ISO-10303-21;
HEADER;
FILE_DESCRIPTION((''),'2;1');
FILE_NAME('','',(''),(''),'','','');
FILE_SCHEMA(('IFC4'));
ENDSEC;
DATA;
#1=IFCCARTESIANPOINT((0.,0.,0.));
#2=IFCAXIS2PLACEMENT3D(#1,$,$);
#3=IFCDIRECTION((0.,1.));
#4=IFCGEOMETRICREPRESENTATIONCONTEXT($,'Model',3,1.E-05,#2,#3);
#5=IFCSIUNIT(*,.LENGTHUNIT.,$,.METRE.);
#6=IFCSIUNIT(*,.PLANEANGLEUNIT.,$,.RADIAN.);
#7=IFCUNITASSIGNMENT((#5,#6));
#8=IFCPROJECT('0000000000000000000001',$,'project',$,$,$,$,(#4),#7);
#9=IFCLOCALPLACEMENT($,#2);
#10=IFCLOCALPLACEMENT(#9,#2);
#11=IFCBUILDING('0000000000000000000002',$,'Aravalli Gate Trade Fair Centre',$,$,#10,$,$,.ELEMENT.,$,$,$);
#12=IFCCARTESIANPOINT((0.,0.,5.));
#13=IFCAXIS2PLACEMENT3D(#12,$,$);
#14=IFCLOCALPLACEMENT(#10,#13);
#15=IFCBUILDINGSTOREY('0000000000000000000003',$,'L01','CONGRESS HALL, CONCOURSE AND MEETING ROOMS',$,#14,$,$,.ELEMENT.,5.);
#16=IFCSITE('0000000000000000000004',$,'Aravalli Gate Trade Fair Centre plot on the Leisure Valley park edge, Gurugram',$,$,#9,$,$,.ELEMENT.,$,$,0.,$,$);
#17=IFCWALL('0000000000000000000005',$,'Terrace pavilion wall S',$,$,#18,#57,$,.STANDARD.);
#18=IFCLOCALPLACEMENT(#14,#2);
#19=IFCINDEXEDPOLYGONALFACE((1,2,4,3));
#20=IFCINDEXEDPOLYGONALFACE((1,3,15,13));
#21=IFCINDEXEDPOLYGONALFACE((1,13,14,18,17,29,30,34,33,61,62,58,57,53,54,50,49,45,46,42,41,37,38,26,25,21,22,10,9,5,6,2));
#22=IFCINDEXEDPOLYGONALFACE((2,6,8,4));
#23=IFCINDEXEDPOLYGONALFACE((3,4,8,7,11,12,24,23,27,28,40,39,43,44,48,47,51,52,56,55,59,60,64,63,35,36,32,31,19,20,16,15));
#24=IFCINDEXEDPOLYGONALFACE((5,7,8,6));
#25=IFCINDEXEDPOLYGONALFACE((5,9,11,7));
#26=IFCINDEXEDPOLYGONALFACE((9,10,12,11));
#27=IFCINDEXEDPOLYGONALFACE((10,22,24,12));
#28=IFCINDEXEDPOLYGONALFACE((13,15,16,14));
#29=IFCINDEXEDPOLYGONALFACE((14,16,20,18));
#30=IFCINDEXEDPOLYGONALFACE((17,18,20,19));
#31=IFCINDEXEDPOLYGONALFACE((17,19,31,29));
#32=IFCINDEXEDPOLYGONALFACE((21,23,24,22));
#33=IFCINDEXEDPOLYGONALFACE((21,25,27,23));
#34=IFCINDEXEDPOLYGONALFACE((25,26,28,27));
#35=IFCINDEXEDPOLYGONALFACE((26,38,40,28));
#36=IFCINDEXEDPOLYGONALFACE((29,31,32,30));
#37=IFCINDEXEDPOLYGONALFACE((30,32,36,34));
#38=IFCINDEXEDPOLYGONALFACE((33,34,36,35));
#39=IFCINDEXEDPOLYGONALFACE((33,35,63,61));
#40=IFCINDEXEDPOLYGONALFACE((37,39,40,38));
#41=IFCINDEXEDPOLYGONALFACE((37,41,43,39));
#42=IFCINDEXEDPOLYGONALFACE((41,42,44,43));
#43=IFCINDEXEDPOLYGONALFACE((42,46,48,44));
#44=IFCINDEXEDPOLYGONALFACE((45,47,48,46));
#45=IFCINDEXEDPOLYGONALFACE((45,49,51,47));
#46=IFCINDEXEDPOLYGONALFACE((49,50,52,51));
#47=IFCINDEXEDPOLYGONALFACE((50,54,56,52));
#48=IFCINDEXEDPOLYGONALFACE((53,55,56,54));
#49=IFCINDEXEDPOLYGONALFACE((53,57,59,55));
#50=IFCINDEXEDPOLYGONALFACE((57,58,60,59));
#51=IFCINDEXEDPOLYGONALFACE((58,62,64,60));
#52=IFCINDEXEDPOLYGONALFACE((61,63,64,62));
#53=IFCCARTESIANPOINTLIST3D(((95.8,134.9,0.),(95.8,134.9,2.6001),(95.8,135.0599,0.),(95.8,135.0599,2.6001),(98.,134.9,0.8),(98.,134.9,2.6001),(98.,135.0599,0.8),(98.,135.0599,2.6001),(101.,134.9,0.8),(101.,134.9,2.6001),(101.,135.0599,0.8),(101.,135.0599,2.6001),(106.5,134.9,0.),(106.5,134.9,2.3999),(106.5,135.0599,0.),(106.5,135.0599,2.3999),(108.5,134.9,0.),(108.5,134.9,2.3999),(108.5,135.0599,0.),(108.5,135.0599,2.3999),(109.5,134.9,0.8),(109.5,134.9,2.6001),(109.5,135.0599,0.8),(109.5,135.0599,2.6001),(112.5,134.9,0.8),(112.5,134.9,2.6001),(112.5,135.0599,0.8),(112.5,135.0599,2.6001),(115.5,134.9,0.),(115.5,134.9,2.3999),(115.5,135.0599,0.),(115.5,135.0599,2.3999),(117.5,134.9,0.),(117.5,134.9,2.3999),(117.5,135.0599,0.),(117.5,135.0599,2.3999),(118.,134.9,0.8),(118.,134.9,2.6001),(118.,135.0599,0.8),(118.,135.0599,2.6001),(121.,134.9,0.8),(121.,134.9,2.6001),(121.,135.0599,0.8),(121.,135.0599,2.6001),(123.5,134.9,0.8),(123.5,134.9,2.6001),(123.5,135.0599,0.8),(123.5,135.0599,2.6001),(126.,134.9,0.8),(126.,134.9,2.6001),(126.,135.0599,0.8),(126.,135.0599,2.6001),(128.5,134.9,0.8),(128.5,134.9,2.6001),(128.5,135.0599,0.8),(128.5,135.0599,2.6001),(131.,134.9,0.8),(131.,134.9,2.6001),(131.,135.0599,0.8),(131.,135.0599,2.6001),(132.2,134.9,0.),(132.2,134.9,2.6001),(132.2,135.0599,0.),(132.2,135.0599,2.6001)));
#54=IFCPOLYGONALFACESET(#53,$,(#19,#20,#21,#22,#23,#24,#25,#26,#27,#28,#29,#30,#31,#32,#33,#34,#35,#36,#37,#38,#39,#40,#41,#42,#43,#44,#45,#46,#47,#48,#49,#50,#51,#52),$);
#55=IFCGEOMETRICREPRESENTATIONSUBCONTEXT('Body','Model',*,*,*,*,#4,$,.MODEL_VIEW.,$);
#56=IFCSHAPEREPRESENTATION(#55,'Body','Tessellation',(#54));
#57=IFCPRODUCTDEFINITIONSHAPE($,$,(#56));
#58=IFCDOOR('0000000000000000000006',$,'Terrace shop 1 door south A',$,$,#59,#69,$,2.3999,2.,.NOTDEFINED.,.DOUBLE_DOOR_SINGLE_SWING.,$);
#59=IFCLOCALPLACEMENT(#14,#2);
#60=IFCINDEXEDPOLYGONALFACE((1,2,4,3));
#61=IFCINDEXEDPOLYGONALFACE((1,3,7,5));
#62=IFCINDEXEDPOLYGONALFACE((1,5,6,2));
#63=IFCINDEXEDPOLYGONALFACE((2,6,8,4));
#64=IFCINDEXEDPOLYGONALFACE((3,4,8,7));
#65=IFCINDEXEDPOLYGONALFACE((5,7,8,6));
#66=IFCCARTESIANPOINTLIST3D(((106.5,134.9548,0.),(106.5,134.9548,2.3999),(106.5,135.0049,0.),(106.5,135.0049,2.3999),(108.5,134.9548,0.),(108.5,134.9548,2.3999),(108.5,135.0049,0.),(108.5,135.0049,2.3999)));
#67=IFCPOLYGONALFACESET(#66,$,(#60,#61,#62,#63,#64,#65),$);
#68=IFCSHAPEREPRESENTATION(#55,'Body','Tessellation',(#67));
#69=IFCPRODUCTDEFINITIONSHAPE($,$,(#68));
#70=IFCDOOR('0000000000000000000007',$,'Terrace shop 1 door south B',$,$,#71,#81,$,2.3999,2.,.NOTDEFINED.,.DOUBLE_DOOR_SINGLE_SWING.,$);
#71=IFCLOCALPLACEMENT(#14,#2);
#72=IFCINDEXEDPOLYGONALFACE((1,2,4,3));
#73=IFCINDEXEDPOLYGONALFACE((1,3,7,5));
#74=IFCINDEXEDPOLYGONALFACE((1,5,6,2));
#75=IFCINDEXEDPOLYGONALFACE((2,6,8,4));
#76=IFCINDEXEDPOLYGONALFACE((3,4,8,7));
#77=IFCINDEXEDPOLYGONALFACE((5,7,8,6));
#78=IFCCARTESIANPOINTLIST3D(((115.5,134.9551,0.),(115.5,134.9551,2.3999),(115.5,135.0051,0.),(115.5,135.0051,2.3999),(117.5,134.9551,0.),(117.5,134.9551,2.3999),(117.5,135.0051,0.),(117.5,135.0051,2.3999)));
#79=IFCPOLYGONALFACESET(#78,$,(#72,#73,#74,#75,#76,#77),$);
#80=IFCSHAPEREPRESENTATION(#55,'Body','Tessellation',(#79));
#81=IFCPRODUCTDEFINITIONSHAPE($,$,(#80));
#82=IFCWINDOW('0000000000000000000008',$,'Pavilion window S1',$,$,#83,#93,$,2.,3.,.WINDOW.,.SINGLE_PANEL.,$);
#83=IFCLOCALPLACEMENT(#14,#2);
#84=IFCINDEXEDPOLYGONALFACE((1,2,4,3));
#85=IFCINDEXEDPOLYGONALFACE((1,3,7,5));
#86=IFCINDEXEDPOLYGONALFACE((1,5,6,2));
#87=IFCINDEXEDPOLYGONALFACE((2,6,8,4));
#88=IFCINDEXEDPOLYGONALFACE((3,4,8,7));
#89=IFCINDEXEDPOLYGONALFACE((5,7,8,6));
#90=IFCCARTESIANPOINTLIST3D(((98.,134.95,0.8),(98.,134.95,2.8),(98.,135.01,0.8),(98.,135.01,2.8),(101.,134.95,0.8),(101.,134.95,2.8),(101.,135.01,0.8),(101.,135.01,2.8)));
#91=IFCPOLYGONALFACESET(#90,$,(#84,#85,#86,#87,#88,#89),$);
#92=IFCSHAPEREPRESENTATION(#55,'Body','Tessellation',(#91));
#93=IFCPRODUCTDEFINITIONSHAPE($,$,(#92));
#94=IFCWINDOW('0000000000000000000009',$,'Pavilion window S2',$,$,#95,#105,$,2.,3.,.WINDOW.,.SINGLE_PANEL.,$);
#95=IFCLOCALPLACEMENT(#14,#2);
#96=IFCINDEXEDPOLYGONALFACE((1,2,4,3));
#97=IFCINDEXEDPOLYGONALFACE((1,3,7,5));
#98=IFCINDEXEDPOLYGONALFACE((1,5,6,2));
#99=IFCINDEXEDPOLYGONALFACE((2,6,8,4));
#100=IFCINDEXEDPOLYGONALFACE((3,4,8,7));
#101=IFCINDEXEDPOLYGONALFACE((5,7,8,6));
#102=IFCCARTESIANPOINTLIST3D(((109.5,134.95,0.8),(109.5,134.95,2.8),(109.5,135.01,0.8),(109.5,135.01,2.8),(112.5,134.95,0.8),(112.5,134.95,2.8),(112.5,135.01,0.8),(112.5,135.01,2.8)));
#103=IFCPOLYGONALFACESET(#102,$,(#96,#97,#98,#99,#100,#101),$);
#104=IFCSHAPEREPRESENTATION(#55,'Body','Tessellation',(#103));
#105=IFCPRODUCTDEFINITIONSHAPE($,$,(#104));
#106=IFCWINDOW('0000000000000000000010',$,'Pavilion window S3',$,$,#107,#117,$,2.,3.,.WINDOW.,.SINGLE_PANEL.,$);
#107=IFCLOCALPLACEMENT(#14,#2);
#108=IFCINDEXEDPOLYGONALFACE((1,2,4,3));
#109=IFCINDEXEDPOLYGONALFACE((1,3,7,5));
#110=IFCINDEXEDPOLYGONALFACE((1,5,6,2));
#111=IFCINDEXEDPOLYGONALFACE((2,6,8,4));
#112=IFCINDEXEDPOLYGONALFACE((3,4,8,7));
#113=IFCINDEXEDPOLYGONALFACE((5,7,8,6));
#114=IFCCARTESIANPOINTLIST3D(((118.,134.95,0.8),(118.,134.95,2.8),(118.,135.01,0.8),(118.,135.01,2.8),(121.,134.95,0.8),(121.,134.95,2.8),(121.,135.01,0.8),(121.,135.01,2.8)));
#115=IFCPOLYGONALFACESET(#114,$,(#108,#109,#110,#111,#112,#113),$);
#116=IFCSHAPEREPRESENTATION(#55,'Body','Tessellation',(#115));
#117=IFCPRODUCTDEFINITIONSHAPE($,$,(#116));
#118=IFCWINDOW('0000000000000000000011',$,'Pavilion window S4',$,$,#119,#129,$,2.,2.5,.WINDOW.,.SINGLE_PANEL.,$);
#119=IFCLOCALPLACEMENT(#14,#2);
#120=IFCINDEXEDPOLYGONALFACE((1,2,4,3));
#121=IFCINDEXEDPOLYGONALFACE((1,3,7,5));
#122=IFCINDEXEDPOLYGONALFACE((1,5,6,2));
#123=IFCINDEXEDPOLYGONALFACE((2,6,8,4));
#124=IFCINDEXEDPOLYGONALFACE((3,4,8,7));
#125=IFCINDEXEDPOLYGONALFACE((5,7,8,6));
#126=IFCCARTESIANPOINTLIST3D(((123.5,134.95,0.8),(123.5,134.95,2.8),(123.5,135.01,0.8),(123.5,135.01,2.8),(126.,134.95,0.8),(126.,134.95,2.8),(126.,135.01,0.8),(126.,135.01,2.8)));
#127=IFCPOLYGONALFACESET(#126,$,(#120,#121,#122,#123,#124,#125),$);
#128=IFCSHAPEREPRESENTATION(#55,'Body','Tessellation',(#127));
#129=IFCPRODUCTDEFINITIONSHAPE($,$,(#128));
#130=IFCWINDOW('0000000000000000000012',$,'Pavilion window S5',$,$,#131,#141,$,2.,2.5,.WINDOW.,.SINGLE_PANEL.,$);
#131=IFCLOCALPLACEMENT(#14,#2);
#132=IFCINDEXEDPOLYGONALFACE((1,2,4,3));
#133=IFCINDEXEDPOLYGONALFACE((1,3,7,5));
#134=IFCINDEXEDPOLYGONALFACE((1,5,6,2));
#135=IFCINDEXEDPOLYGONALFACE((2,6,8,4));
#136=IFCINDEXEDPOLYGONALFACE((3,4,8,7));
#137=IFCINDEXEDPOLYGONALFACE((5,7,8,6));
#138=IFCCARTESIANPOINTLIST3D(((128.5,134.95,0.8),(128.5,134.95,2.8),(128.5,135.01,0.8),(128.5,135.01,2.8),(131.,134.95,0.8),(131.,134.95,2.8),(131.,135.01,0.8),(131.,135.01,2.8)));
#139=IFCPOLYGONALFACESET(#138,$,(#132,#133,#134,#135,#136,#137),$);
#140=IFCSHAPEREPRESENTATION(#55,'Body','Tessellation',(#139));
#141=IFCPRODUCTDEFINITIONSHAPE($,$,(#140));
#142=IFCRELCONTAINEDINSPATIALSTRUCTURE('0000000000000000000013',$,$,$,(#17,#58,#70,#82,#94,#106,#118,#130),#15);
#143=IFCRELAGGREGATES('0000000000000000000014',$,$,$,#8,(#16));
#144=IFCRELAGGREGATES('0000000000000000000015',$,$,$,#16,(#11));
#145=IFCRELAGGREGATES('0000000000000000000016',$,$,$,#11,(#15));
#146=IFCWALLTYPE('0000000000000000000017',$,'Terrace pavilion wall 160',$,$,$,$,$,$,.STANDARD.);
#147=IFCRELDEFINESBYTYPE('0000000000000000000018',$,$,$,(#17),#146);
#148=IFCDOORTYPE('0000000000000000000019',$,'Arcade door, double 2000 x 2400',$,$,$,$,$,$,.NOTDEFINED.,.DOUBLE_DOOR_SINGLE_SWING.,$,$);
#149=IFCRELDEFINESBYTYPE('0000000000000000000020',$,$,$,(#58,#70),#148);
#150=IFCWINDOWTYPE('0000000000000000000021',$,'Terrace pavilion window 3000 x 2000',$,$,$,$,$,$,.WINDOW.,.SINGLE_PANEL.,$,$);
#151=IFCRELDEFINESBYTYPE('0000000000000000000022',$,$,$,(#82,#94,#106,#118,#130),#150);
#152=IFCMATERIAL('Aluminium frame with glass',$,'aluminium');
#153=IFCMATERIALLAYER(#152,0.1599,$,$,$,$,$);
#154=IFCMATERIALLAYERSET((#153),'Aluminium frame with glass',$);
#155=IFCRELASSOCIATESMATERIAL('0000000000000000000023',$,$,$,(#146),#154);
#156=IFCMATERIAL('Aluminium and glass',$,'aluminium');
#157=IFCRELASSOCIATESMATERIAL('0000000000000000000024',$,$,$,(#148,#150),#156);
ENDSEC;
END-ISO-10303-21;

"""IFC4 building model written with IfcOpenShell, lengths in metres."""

from ifc_helpers import new_model, si_unit, direction, frame, frame_2d, origin, place, context, subcontext, project, spatial, rectangle, extrude, material, layer, layer_set, type_object, element, fill, save


model = new_model("IFC4")

# Units and contexts
model_context = context("Model", 3, precision=1e-05, world=origin(), true_north=direction((0.0, 1.0)))
body_context = subcontext(model_context, "Body", "Model", "MODEL_VIEW")
ifc_project = project(units=[si_unit("LENGTHUNIT", "METRE"), si_unit("PLANEANGLEUNIT", "RADIAN")], contexts=[model_context])

# Site, building, storey
site_placement = place(None, origin())
site = spatial("IfcSite", under=ifc_project, at=site_placement, Name="Aravalli Gate Trade Fair Centre plot on the Leisure Valley park edge, Gurugram", CompositionType="ELEMENT", RefElevation=0.0)
building_placement = place(site_placement, origin())
building = spatial("IfcBuilding", under=site, at=building_placement, Name="Aravalli Gate Trade Fair Centre", CompositionType="ELEMENT")
storey_placement = place(building_placement, frame((0.0, 0.0, 5.0)))
storey = spatial("IfcBuildingStorey", under=building, at=storey_placement, Name="L01", Description="CONGRESS HALL, CONCOURSE AND MEETING ROOMS", CompositionType="ELEMENT", Elevation=5.0)

# Shared definitions
ifc_material_1 = material(Name="Aluminium and glass", Category="aluminium")

# Wall, openings, doors, windows
ifc_material_2 = material(Name="Aluminium frame with glass", Category="aluminium")
ifc_layer_1 = layer(ifc_material_2, 0.1599)
ifc_layer_set_1 = layer_set([ifc_layer_1], Name="Aluminium frame with glass")
wall_type_1 = type_object("IfcWallType", Name="Terrace pavilion wall 160", PredefinedType="STANDARD", material=ifc_layer_set_1)
wall_1_placement = place(storey_placement, frame((95.8, 134.98, 0.0), z_axis=(0.0, 0.0, 1.0), x_axis=(1.0, 0.0, 0.0)))
wall_1 = element("IfcWall", 1, at=wall_1_placement, inside=storey, type_object=wall_type_1, Name="Terrace pavilion wall S", PredefinedType="STANDARD", context=body_context, shape_type="SweptSolid", body=[
    extrude(rectangle(XDim=36.3999, YDim=0.1599, at=frame_2d((18.2, 0.0))), origin(), (0.0, 0.0, 1.0), 2.6001),
])
opening_1_placement = place(wall_1_placement, frame((10.7, 0.0, 0.0)))
opening_1 = element("IfcOpeningElement", 2, at=opening_1_placement, cuts=wall_1, PredefinedType="OPENING", context=body_context, shape_type="SweptSolid", body=[
    extrude(rectangle(XDim=2.0, YDim=2.3999, at=frame_2d((1.0, 1.2))), frame((0.0, 0.0898, 0.0), z_axis=(0.0, -1.0, 0.0), x_axis=(1.0, 0.0, 0.0)), (0.0, 0.0, 1.0), 0.1799),
])
opening_2_placement = place(wall_1_placement, frame((19.7, 0.0, 0.0)))
opening_2 = element("IfcOpeningElement", 3, at=opening_2_placement, cuts=wall_1, PredefinedType="OPENING", context=body_context, shape_type="SweptSolid", body=[
    extrude(rectangle(XDim=2.0, YDim=2.3999, at=frame_2d((1.0, 1.2))), frame((0.0, 0.0898, 0.0), z_axis=(0.0, -1.0, 0.0), x_axis=(1.0, 0.0, 0.0)), (0.0, 0.0, 1.0), 0.1799),
])
opening_3_placement = place(wall_1_placement, frame((2.2, 0.0, 0.8)))
opening_3 = element("IfcOpeningElement", 4, at=opening_3_placement, cuts=wall_1, PredefinedType="OPENING", context=body_context, shape_type="SweptSolid", body=[
    extrude(rectangle(XDim=3.0, YDim=2.0, at=frame_2d((1.5, 1.0))), frame((0.0, 0.0898, 0.0), z_axis=(0.0, -1.0, 0.0), x_axis=(1.0, 0.0, 0.0)), (0.0, 0.0, 1.0), 0.1799),
])
opening_4_placement = place(wall_1_placement, frame((13.7, 0.0, 0.8)))
opening_4 = element("IfcOpeningElement", 5, at=opening_4_placement, cuts=wall_1, PredefinedType="OPENING", context=body_context, shape_type="SweptSolid", body=[
    extrude(rectangle(XDim=3.0, YDim=2.0, at=frame_2d((1.5, 1.0))), frame((0.0, 0.0898, 0.0), z_axis=(0.0, -1.0, 0.0), x_axis=(1.0, 0.0, 0.0)), (0.0, 0.0, 1.0), 0.1799),
])
opening_5_placement = place(wall_1_placement, frame((22.2, 0.0, 0.8)))
opening_5 = element("IfcOpeningElement", 6, at=opening_5_placement, cuts=wall_1, PredefinedType="OPENING", context=body_context, shape_type="SweptSolid", body=[
    extrude(rectangle(XDim=3.0, YDim=2.0, at=frame_2d((1.5, 1.0))), frame((0.0, 0.0898, 0.0), z_axis=(0.0, -1.0, 0.0), x_axis=(1.0, 0.0, 0.0)), (0.0, 0.0, 1.0), 0.1799),
])
opening_6_placement = place(wall_1_placement, frame((27.7, 0.0, 0.8)))
opening_6 = element("IfcOpeningElement", 7, at=opening_6_placement, cuts=wall_1, PredefinedType="OPENING", context=body_context, shape_type="SweptSolid", body=[
    extrude(rectangle(XDim=2.5, YDim=2.0, at=frame_2d((1.25, 1.0))), frame((0.0, 0.0898, 0.0), z_axis=(0.0, -1.0, 0.0), x_axis=(1.0, 0.0, 0.0)), (0.0, 0.0, 1.0), 0.1799),
])
opening_7_placement = place(wall_1_placement, frame((32.7, 0.0, 0.8)))
opening_7 = element("IfcOpeningElement", 8, at=opening_7_placement, cuts=wall_1, PredefinedType="OPENING", context=body_context, shape_type="SweptSolid", body=[
    extrude(rectangle(XDim=2.5, YDim=2.0, at=frame_2d((1.25, 1.0))), frame((0.0, 0.0898, 0.0), z_axis=(0.0, -1.0, 0.0), x_axis=(1.0, 0.0, 0.0)), (0.0, 0.0, 1.0), 0.1799),
])
door_type = type_object("IfcDoorType", Name="Arcade door, double 2000 x 2400", OperationType="DOUBLE_DOOR_SINGLE_SWING", PredefinedType="NOTDEFINED", material=ifc_material_1)
door_1_placement = place(opening_1_placement, origin())
door_1 = element("IfcDoor", 9, at=door_1_placement, inside=storey, type_object=door_type, Name="Terrace shop 1 door south A", OperationType="DOUBLE_DOOR_SINGLE_SWING", OverallHeight=2.3999, OverallWidth=2.0, PredefinedType="NOTDEFINED", context=body_context, shape_type="SweptSolid", body=[
    extrude(rectangle(XDim=2.0, YDim=2.3999, at=frame_2d((1.0, 1.2))), frame((0.0, 0.0249, 0.0), z_axis=(0.0, -1.0, 0.0), x_axis=(1.0, 0.0, 0.0)), (0.0, 0.0, 1.0), 0.05),
])
fill(opening_1, door_1)
door_2_placement = place(opening_2_placement, frame((2.0, 0.0, 0.0), z_axis=(0.0, 0.0, 1.0), x_axis=(-1.0, 0.0, 0.0)))
door_2 = element("IfcDoor", 10, at=door_2_placement, inside=storey, type_object=door_type, Name="Terrace shop 1 door south B", OperationType="DOUBLE_DOOR_SINGLE_SWING", OverallHeight=2.3999, OverallWidth=2.0, PredefinedType="NOTDEFINED", context=body_context, shape_type="SweptSolid", body=[
    extrude(rectangle(XDim=2.0, YDim=2.3999, at=frame_2d((1.0, 1.2))), frame((0.0, 0.0249, 0.0), z_axis=(0.0, -1.0, 0.0), x_axis=(1.0, 0.0, 0.0)), (0.0, 0.0, 1.0), 0.05),
])
fill(opening_2, door_2)
window_type = type_object("IfcWindowType", Name="Terrace pavilion window 3000 x 2000", PartitioningType="SINGLE_PANEL", PredefinedType="WINDOW", material=ifc_material_1)
window_1_placement = place(opening_3_placement, origin())
window_1 = element("IfcWindow", 11, at=window_1_placement, inside=storey, type_object=window_type, Name="Pavilion window S1", OverallHeight=2.0, OverallWidth=3.0, PartitioningType="SINGLE_PANEL", PredefinedType="WINDOW", context=body_context, shape_type="SweptSolid", body=[
    extrude(rectangle(XDim=3.0, YDim=2.0, at=frame_2d((1.5, 1.0))), frame((0.0, 0.03, 0.0), z_axis=(0.0, -1.0, 0.0), x_axis=(1.0, 0.0, 0.0)), (0.0, 0.0, 1.0), 0.0601),
])
fill(opening_3, window_1)
window_2_placement = place(opening_4_placement, origin())
window_2 = element("IfcWindow", 12, at=window_2_placement, inside=storey, type_object=window_type, Name="Pavilion window S2", OverallHeight=2.0, OverallWidth=3.0, PartitioningType="SINGLE_PANEL", PredefinedType="WINDOW", context=body_context, shape_type="SweptSolid", body=[
    extrude(rectangle(XDim=3.0, YDim=2.0, at=frame_2d((1.5, 1.0))), frame((0.0, 0.03, 0.0), z_axis=(0.0, -1.0, 0.0), x_axis=(1.0, 0.0, 0.0)), (0.0, 0.0, 1.0), 0.0601),
])
fill(opening_4, window_2)
window_3_placement = place(opening_5_placement, origin())
window_3 = element("IfcWindow", 13, at=window_3_placement, inside=storey, type_object=window_type, Name="Pavilion window S3", OverallHeight=2.0, OverallWidth=3.0, PartitioningType="SINGLE_PANEL", PredefinedType="WINDOW", context=body_context, shape_type="SweptSolid", body=[
    extrude(rectangle(XDim=3.0, YDim=2.0, at=frame_2d((1.5, 1.0))), frame((0.0, 0.03, 0.0), z_axis=(0.0, -1.0, 0.0), x_axis=(1.0, 0.0, 0.0)), (0.0, 0.0, 1.0), 0.0601),
])
fill(opening_5, window_3)
window_4_placement = place(opening_6_placement, origin())
window_4 = element("IfcWindow", 14, at=window_4_placement, inside=storey, type_object=window_type, Name="Pavilion window S4", OverallHeight=2.0, OverallWidth=2.5, PartitioningType="SINGLE_PANEL", PredefinedType="WINDOW", context=body_context, shape_type="SweptSolid", body=[
    extrude(rectangle(XDim=2.5, YDim=2.0, at=frame_2d((1.25, 1.0))), frame((0.0, 0.03, 0.0), z_axis=(0.0, -1.0, 0.0), x_axis=(1.0, 0.0, 0.0)), (0.0, 0.0, 1.0), 0.0601),
])
fill(opening_6, window_4)
window_5_placement = place(opening_7_placement, origin())
window_5 = element("IfcWindow", 15, at=window_5_placement, inside=storey, type_object=window_type, Name="Pavilion window S5", OverallHeight=2.0, OverallWidth=2.5, PartitioningType="SINGLE_PANEL", PredefinedType="WINDOW", context=body_context, shape_type="SweptSolid", body=[
    extrude(rectangle(XDim=2.5, YDim=2.0, at=frame_2d((1.25, 1.0))), frame((0.0, 0.03, 0.0), z_axis=(0.0, -1.0, 0.0), x_axis=(1.0, 0.0, 0.0)), (0.0, 0.0, 1.0), 0.0601),
])
fill(opening_7, window_5)

save(model, "model.ifc")
